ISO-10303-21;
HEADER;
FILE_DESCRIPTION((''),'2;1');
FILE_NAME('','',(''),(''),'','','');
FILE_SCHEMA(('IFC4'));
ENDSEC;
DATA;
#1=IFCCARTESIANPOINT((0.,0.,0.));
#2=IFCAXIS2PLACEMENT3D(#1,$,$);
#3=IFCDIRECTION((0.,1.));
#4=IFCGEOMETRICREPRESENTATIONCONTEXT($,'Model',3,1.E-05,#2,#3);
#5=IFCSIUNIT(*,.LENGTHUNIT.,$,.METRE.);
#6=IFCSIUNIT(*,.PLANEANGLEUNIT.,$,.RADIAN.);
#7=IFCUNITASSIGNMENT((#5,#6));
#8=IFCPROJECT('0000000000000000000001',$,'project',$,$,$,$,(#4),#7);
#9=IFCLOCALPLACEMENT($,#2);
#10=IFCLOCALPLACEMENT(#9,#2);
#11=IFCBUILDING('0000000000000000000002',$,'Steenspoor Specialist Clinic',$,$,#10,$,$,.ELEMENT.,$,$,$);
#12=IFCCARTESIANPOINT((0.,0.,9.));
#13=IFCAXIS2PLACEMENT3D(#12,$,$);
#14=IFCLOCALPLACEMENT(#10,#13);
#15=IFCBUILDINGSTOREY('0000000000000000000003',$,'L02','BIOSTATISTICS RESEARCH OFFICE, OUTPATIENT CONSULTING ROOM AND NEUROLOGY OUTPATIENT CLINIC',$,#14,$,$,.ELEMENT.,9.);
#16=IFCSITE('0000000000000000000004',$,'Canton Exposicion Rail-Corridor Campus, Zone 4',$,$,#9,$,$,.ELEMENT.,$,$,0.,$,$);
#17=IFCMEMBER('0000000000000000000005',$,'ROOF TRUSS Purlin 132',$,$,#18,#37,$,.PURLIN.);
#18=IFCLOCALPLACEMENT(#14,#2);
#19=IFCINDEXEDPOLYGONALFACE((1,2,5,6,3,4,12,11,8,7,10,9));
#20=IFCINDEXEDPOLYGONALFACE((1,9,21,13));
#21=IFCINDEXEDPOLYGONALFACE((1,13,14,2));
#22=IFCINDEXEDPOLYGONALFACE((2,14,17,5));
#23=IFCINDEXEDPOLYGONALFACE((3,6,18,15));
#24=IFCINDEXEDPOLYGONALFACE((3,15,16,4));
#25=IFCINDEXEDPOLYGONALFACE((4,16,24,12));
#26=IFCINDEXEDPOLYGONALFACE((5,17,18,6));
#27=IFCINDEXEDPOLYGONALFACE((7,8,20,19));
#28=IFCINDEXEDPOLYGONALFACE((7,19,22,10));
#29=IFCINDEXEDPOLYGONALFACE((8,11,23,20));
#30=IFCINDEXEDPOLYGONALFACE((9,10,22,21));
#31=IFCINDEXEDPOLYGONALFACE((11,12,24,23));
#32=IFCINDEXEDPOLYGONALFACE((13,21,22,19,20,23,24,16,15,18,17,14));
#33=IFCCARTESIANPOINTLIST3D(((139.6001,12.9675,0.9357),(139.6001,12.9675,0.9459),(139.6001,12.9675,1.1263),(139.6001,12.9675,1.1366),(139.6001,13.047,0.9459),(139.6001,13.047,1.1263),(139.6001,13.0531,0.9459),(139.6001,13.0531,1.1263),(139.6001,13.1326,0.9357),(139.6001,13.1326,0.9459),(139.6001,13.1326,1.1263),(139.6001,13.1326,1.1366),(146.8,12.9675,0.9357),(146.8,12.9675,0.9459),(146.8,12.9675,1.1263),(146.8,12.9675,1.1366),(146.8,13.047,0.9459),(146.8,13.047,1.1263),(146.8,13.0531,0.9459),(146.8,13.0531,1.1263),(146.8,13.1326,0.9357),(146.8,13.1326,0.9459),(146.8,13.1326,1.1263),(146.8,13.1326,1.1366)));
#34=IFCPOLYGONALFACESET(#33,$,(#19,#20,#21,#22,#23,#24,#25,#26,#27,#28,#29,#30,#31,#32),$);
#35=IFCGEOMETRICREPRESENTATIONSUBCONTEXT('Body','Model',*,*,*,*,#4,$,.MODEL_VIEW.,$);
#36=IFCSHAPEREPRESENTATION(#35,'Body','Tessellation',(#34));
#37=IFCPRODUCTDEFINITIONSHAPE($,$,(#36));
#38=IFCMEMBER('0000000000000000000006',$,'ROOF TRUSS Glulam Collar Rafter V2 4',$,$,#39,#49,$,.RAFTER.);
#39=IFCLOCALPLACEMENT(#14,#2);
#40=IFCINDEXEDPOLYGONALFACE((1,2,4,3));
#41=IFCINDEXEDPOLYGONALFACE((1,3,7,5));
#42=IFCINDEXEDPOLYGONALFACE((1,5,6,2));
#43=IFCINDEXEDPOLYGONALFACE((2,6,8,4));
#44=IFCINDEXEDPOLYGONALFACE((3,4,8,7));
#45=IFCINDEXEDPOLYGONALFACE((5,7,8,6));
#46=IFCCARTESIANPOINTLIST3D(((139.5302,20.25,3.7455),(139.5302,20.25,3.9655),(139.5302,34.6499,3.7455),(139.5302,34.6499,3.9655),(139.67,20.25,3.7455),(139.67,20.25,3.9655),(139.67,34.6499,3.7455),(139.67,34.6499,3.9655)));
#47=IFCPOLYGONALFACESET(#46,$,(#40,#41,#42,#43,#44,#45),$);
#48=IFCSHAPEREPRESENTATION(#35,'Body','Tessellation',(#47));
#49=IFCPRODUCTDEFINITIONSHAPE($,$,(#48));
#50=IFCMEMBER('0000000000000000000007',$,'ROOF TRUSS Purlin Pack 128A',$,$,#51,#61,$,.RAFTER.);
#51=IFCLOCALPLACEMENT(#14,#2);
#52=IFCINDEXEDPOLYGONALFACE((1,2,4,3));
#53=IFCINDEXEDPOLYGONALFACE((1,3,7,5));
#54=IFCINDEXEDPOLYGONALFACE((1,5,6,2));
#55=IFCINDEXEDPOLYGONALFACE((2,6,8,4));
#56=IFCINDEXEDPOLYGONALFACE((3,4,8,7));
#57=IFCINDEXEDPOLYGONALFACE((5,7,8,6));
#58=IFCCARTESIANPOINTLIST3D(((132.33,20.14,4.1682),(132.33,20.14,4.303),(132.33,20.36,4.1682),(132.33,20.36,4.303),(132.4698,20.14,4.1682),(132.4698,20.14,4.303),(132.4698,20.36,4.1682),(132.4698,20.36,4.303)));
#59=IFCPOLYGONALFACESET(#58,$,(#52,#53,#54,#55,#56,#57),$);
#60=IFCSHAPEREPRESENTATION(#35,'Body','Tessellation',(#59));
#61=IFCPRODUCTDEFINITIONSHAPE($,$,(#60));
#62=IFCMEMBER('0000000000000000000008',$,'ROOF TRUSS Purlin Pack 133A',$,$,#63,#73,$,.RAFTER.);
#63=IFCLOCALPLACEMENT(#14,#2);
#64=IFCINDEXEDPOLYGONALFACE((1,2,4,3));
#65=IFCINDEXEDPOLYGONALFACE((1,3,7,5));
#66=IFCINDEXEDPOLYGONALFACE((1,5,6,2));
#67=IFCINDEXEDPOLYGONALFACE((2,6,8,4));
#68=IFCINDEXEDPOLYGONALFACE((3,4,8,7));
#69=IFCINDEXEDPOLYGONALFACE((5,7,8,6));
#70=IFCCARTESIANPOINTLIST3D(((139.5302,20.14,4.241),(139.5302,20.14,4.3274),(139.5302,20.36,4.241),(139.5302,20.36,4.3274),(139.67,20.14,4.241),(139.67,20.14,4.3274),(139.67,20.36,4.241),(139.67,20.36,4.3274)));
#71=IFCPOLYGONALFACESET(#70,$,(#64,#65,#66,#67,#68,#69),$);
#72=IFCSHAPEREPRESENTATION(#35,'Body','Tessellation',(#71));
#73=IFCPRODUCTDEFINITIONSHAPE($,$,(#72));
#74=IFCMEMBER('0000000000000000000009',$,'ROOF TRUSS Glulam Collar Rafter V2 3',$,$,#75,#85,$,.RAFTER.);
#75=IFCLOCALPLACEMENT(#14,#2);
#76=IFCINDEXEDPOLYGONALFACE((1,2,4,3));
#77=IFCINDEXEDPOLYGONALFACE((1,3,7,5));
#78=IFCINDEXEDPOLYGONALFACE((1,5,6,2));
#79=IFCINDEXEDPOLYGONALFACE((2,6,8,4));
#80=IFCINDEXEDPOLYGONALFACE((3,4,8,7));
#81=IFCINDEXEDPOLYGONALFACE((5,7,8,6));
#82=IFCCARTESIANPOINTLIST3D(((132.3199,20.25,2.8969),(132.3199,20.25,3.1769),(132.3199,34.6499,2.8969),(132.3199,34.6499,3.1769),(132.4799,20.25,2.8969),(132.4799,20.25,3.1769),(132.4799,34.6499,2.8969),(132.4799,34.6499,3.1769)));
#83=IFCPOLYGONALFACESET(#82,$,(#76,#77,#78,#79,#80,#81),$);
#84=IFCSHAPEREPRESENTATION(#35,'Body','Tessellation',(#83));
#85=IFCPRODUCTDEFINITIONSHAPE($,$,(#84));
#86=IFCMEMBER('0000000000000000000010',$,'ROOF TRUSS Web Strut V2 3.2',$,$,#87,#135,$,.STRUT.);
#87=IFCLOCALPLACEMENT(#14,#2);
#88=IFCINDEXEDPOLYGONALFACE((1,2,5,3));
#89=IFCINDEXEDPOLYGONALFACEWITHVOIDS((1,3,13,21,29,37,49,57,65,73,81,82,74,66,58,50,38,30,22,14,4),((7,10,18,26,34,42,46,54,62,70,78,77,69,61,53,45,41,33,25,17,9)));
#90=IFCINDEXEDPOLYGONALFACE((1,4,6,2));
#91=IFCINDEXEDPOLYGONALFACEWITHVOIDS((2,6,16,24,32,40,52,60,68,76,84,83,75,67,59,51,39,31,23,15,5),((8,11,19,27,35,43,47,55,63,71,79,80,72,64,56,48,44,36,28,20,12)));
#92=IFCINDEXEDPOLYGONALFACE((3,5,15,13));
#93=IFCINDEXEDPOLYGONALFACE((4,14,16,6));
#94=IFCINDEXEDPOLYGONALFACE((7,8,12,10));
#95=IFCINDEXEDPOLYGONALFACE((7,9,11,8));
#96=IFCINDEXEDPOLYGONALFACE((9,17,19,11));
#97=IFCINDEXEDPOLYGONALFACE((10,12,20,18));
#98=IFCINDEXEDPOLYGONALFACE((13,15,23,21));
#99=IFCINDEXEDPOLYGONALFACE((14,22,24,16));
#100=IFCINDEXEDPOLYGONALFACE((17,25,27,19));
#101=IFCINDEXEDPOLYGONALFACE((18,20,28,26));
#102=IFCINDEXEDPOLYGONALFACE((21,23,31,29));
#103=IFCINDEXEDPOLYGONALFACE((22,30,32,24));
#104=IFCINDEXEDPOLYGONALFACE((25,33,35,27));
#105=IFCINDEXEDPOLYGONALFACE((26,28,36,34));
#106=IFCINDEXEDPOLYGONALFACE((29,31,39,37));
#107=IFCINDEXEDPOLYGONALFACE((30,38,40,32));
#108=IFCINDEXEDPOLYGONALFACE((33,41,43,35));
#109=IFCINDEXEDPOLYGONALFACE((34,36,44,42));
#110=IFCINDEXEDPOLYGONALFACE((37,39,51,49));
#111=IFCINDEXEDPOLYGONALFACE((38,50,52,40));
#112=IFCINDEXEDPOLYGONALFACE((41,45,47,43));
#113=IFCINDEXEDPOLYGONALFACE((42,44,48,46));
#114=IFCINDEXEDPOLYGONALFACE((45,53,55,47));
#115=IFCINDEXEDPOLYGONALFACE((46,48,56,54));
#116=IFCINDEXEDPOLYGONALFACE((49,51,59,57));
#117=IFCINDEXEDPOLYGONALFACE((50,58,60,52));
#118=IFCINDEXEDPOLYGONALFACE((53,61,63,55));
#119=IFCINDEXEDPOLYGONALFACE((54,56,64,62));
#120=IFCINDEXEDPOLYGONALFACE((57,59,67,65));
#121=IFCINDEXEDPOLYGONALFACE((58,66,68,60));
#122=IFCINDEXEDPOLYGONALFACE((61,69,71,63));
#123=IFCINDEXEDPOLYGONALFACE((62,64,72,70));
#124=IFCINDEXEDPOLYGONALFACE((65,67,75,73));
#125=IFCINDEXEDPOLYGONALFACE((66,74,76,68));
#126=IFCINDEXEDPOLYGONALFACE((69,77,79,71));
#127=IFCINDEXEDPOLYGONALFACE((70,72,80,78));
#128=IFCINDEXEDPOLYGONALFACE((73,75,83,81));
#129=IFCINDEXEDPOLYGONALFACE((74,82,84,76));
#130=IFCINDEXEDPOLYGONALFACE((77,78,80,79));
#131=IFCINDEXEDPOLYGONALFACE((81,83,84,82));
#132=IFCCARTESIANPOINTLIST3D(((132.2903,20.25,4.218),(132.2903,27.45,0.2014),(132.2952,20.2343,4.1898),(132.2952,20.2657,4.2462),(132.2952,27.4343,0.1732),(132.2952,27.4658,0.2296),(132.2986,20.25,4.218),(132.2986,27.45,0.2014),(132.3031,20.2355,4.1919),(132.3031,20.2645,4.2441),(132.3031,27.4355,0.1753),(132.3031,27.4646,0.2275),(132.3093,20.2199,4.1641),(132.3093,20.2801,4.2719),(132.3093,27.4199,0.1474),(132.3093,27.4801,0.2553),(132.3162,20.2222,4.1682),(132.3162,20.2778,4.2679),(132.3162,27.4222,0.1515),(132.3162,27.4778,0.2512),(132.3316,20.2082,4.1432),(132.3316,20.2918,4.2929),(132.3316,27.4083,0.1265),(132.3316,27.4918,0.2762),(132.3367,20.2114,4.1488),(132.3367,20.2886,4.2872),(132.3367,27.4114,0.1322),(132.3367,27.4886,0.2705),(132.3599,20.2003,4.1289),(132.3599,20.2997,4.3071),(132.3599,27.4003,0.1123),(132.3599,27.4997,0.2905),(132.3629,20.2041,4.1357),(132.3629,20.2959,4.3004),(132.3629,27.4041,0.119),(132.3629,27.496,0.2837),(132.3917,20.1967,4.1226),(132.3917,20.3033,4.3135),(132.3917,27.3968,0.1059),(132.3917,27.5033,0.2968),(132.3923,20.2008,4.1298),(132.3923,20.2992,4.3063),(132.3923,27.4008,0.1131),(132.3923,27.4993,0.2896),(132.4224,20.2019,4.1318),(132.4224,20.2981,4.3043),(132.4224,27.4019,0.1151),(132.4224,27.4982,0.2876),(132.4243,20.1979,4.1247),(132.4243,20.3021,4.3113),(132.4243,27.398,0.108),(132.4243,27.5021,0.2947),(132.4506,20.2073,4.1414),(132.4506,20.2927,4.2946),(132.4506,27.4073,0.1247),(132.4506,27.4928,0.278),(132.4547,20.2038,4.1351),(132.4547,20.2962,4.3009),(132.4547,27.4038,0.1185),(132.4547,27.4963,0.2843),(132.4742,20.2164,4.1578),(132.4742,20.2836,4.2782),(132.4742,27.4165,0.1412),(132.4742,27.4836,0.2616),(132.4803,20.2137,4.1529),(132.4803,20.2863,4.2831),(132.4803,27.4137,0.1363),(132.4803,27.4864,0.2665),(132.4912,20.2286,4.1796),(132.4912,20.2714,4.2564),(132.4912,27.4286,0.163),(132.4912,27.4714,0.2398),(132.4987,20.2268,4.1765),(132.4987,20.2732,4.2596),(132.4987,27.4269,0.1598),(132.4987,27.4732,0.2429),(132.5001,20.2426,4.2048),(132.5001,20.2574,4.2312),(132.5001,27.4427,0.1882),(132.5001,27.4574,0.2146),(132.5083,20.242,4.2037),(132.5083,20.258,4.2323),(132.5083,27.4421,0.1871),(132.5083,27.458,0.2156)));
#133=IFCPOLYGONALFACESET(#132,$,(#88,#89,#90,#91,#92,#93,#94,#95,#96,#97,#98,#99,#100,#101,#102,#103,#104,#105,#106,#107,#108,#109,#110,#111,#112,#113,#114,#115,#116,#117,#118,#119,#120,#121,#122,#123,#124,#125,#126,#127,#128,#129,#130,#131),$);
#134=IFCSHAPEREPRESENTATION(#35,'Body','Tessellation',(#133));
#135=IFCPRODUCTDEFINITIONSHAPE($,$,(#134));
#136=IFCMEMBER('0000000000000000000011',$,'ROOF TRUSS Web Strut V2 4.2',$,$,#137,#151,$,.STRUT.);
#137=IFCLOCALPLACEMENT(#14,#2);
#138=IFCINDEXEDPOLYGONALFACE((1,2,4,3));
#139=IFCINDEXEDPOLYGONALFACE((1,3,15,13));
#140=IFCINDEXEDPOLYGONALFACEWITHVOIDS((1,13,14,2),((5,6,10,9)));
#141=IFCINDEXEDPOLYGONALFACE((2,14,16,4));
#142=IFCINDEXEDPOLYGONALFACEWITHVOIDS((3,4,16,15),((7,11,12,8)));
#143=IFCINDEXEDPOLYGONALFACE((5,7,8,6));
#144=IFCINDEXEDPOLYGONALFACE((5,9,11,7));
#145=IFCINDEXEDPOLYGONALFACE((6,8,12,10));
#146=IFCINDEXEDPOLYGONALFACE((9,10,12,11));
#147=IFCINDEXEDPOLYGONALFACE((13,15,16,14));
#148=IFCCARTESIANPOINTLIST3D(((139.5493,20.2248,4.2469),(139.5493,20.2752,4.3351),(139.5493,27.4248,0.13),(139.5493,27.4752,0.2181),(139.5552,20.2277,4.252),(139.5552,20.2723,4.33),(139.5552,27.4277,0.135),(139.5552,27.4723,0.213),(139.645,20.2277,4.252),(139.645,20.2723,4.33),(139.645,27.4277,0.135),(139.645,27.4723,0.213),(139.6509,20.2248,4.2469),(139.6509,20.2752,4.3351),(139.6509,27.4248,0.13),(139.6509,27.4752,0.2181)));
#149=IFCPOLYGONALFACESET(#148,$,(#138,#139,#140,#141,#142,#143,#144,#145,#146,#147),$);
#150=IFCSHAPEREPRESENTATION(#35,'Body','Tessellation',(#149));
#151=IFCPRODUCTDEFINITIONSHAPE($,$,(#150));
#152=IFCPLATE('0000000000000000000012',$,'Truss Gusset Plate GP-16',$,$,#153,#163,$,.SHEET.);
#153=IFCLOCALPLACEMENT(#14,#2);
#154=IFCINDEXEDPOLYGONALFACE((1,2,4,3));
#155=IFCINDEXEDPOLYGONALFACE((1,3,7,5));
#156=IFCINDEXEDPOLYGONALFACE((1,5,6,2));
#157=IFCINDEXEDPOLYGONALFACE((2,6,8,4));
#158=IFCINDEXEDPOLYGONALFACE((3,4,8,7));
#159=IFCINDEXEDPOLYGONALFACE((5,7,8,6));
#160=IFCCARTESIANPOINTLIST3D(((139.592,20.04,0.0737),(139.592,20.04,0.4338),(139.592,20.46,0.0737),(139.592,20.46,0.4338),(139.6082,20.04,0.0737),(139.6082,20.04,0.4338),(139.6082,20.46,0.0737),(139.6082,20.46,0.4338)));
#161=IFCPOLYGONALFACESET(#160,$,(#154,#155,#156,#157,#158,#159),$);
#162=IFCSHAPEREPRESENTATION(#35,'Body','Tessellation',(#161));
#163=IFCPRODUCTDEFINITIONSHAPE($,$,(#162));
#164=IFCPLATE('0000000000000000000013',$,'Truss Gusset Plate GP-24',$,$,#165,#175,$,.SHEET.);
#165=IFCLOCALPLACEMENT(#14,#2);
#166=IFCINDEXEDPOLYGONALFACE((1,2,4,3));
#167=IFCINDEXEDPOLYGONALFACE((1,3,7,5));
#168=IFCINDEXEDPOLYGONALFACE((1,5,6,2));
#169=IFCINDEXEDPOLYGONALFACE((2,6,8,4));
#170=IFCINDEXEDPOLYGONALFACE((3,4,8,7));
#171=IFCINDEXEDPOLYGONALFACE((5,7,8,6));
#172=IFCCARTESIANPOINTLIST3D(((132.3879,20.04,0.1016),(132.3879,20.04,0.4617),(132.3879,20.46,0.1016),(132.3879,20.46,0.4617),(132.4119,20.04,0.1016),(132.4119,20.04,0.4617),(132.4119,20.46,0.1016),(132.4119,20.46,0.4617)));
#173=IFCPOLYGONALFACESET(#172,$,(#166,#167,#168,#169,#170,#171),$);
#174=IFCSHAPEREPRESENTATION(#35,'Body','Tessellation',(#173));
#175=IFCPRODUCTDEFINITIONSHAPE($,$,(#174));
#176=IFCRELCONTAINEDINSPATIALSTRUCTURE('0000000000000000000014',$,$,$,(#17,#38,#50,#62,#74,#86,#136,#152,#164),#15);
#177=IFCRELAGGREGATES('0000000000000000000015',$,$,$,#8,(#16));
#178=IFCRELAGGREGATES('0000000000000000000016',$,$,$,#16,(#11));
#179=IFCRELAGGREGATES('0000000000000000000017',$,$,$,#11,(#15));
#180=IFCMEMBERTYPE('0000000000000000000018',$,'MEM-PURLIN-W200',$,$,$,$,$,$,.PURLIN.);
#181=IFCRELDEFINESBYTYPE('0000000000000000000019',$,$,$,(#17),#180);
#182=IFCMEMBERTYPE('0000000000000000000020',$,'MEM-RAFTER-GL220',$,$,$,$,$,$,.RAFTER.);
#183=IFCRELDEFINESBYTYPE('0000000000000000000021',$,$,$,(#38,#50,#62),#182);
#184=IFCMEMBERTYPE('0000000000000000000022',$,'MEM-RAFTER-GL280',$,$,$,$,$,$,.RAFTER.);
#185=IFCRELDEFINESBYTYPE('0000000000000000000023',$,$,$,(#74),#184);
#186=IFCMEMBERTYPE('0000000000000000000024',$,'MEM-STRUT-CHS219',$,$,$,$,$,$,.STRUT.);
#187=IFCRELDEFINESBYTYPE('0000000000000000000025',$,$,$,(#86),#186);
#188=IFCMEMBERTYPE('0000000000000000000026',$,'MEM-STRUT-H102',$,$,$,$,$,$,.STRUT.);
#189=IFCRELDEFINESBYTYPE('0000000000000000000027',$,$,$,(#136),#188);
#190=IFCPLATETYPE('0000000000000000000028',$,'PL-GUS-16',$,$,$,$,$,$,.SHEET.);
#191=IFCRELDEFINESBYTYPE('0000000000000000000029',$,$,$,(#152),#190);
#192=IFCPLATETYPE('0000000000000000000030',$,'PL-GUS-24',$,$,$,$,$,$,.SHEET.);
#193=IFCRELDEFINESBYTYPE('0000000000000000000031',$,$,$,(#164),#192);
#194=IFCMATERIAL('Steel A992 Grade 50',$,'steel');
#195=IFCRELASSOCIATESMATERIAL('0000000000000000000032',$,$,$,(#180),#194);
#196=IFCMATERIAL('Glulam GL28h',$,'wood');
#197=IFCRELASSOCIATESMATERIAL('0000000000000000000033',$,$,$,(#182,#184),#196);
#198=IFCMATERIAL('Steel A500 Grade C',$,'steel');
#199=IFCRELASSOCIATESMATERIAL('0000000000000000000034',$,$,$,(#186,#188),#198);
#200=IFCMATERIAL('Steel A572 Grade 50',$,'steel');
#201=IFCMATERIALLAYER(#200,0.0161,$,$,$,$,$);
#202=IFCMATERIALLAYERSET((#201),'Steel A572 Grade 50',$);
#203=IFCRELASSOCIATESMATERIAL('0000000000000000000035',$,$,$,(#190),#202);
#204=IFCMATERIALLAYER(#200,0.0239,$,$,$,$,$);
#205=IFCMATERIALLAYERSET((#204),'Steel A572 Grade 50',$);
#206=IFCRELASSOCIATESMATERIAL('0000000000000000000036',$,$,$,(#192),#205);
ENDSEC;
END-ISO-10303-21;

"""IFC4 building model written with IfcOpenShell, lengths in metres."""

from ifc_helpers import new_model, si_unit, direction, frame, origin, origin_2d, place, context, subcontext, project, spatial, rectangle, hollow_rectangle, hollow_circle, i_section, extrude, material, layer, layer_set, material_profile, profile_set, type_object, element, save


model = new_model("IFC4")

# Units and contexts
model_context = context("Model", 3, precision=1e-05, world=origin(), true_north=direction((0.0, 1.0)))
body_context = subcontext(model_context, "Body", "Model", "MODEL_VIEW")
ifc_project = project(units=[si_unit("LENGTHUNIT", "METRE"), si_unit("PLANEANGLEUNIT", "RADIAN")], contexts=[model_context])

# Site, building, storey
site_placement = place(None, origin())
site = spatial("IfcSite", under=ifc_project, at=site_placement, Name="Canton Exposicion Rail-Corridor Campus, Zone 4", CompositionType="ELEMENT", RefElevation=0.0)
building_placement = place(site_placement, origin())
building = spatial("IfcBuilding", under=site, at=building_placement, Name="Steenspoor Specialist Clinic", CompositionType="ELEMENT")
storey_placement = place(building_placement, frame((0.0, 0.0, 9.0)))
storey = spatial("IfcBuildingStorey", under=building, at=storey_placement, Name="L02", Description="BIOSTATISTICS RESEARCH OFFICE, OUTPATIENT CONSULTING ROOM AND NEUROLOGY OUTPATIENT CLINIC", CompositionType="ELEMENT", Elevation=9.0)

# Shared definitions
ifc_material_1 = material(Name="Steel A992 Grade 50", Category="steel")

# Members
ifc_material_2 = material(Name="Steel A500 Grade C", Category="steel")
ifc_material_profile_1 = material_profile(ifc_material_1, i_section(OverallWidth=0.165, OverallDepth=0.2009, WebThickness=0.0061, FlangeThickness=0.0103, at=origin_2d()), Name="W200X36")
ifc_profile_set_1 = profile_set([ifc_material_profile_1], Name="Steel A992 Grade 50")
member_type_1 = type_object("IfcMemberType", Name="MEM-PURLIN-W200", PredefinedType="PURLIN", material=ifc_profile_set_1)
member_1_placement = place(storey_placement, frame((139.6001, 13.05, 1.0361), z_axis=(1.0, 0.0, 0.0), x_axis=(0.0, 1.0, 0.0)))
element("IfcMember", 1, at=member_1_placement, inside=storey, type_object=member_type_1, Name="ROOF TRUSS Purlin 132", PredefinedType="PURLIN", context=body_context, shape_type="SweptSolid", body=[
    extrude(i_section(OverallWidth=0.165, OverallDepth=0.2009, WebThickness=0.0061, FlangeThickness=0.0103, at=origin_2d()), origin(), (0.0, 0.0, 1.0), 7.2),
])
ifc_material_3 = material(Name="Glulam GL28h", Category="wood")
ifc_material_profile_2 = material_profile(ifc_material_3, rectangle(XDim=0.1399, YDim=0.22, at=origin_2d()), Name="GL28H-140X220")
ifc_profile_set_2 = profile_set([ifc_material_profile_2], Name="Glulam GL28h")
member_type_2 = type_object("IfcMemberType", Name="MEM-RAFTER-GL220", PredefinedType="RAFTER", material=ifc_profile_set_2)
member_2_placement = place(storey_placement, frame((139.6001, 20.25, 3.8555), z_axis=(0.0, 1.0, 0.0), x_axis=(-1.0, 0.0, 0.0)))
element("IfcMember", 2, at=member_2_placement, inside=storey, type_object=member_type_2, Name="ROOF TRUSS Glulam Collar Rafter V2 4", PredefinedType="RAFTER", context=body_context, shape_type="SweptSolid", body=[
    extrude(rectangle(XDim=0.1399, YDim=0.22, at=origin_2d()), origin(), (0.0, 0.0, 1.0), 14.3999),
])
member_3_placement = place(storey_placement, frame((132.3999, 20.25, 4.1682), z_axis=(0.0, 0.0, 1.0), x_axis=(1.0, 0.0, 0.0)))
element("IfcMember", 3, at=member_3_placement, inside=storey, type_object=member_type_2, Name="ROOF TRUSS Purlin Pack 128A", PredefinedType="RAFTER", context=body_context, shape_type="SweptSolid", body=[
    extrude(rectangle(XDim=0.1399, YDim=0.22, at=origin_2d()), origin(), (0.0, 0.0, 1.0), 0.1348),
])
member_4_placement = place(storey_placement, frame((139.6001, 20.25, 4.241), z_axis=(0.0, 0.0, 1.0), x_axis=(1.0, 0.0, 0.0)))
element("IfcMember", 4, at=member_4_placement, inside=storey, type_object=member_type_2, Name="ROOF TRUSS Purlin Pack 133A", PredefinedType="RAFTER", context=body_context, shape_type="SweptSolid", body=[
    extrude(rectangle(XDim=0.1399, YDim=0.22, at=origin_2d()), origin(), (0.0, 0.0, 1.0), 0.0864),
])
ifc_material_profile_3 = material_profile(ifc_material_3, rectangle(XDim=0.1599, YDim=0.28, at=origin_2d()), Name="GL28H-160X280")
ifc_profile_set_3 = profile_set([ifc_material_profile_3], Name="Glulam GL28h")
member_type_3 = type_object("IfcMemberType", Name="MEM-RAFTER-GL280", PredefinedType="RAFTER", material=ifc_profile_set_3)
member_5_placement = place(storey_placement, frame((132.3999, 20.25, 3.0369), z_axis=(0.0, 1.0, 0.0), x_axis=(-1.0, 0.0, 0.0)))
element("IfcMember", 5, at=member_5_placement, inside=storey, type_object=member_type_3, Name="ROOF TRUSS Glulam Collar Rafter V2 3", PredefinedType="RAFTER", context=body_context, shape_type="SweptSolid", body=[
    extrude(rectangle(XDim=0.1599, YDim=0.28, at=origin_2d()), origin(), (0.0, 0.0, 1.0), 14.3999),
])
ifc_material_profile_4 = material_profile(ifc_material_2, hollow_circle(Radius=0.1096, WallThickness=0.0083, at=origin_2d()), Name="CHS219X8.2")
ifc_profile_set_4 = profile_set([ifc_material_profile_4], Name="Steel A500 Grade C")
member_type_4 = type_object("IfcMemberType", Name="MEM-STRUT-CHS219", PredefinedType="STRUT", material=ifc_profile_set_4)
member_6_placement = place(storey_placement, frame((132.3999, 20.25, 4.218), z_axis=(0.0, 0.8733, -0.487183), x_axis=(-1.0, 0.0, 0.0)))
element("IfcMember", 6, at=member_6_placement, inside=storey, type_object=member_type_4, Name="ROOF TRUSS Web Strut V2 3.2", PredefinedType="STRUT", context=body_context, shape_type="SweptSolid", body=[
    extrude(hollow_circle(Radius=0.1096, WallThickness=0.0083, at=origin_2d()), origin(), (0.0, 0.0, 1.0), 8.2446),
])
ifc_material_profile_5 = material_profile(ifc_material_2, hollow_rectangle(XDim=0.1016, YDim=0.1016, WallThickness=0.0059, at=origin_2d()), Name="HSS102X102X6.4")
ifc_profile_set_5 = profile_set([ifc_material_profile_5], Name="Steel A500 Grade C")
member_type_5 = type_object("IfcMemberType", Name="MEM-STRUT-H102", PredefinedType="STRUT", material=ifc_profile_set_5)
member_7_placement = place(storey_placement, frame((139.6001, 20.25, 4.291), z_axis=(0.0, 0.868104, -0.496383), x_axis=(-1.0, 0.0, 0.0)))
element("IfcMember", 7, at=member_7_placement, inside=storey, type_object=member_type_5, Name="ROOF TRUSS Web Strut V2 4.2", PredefinedType="STRUT", context=body_context, shape_type="SweptSolid", body=[
    extrude(hollow_rectangle(XDim=0.1016, YDim=0.1016, WallThickness=0.0059, at=origin_2d()), origin(), (0.0, 0.0, 1.0), 8.2939),
])

# Plates
ifc_material_4 = material(Name="Steel A572 Grade 50", Category="steel")
ifc_layer_1 = layer(ifc_material_4, 0.0161)
ifc_layer_set_1 = layer_set([ifc_layer_1], Name="Steel A572 Grade 50")
plate_type_1 = type_object("IfcPlateType", Name="PL-GUS-16", PredefinedType="SHEET", material=ifc_layer_set_1)
plate_1_placement = place(storey_placement, frame((139.6001, 20.25, 0.0737), z_axis=(0.0, 0.0, 1.0), x_axis=(1.0, 0.0, 0.0)))
element("IfcPlate", 8, at=plate_1_placement, inside=storey, type_object=plate_type_1, Name="Truss Gusset Plate GP-16", PredefinedType="SHEET", context=body_context, shape_type="SweptSolid", body=[
    extrude(rectangle(XDim=0.0161, YDim=0.4199, at=origin_2d()), origin(), (0.0, 0.0, 1.0), 0.3601),
])
ifc_layer_2 = layer(ifc_material_4, 0.0239)
ifc_layer_set_2 = layer_set([ifc_layer_2], Name="Steel A572 Grade 50")
plate_type_2 = type_object("IfcPlateType", Name="PL-GUS-24", PredefinedType="SHEET", material=ifc_layer_set_2)
plate_2_placement = place(storey_placement, frame((132.3999, 20.25, 0.1016), z_axis=(0.0, 0.0, 1.0), x_axis=(1.0, 0.0, 0.0)))
element("IfcPlate", 9, at=plate_2_placement, inside=storey, type_object=plate_type_2, Name="Truss Gusset Plate GP-24", PredefinedType="SHEET", context=body_context, shape_type="SweptSolid", body=[
    extrude(rectangle(XDim=0.0239, YDim=0.4199, at=origin_2d()), origin(), (0.0, 0.0, 1.0), 0.3601),
])

save(model, "model.ifc")
